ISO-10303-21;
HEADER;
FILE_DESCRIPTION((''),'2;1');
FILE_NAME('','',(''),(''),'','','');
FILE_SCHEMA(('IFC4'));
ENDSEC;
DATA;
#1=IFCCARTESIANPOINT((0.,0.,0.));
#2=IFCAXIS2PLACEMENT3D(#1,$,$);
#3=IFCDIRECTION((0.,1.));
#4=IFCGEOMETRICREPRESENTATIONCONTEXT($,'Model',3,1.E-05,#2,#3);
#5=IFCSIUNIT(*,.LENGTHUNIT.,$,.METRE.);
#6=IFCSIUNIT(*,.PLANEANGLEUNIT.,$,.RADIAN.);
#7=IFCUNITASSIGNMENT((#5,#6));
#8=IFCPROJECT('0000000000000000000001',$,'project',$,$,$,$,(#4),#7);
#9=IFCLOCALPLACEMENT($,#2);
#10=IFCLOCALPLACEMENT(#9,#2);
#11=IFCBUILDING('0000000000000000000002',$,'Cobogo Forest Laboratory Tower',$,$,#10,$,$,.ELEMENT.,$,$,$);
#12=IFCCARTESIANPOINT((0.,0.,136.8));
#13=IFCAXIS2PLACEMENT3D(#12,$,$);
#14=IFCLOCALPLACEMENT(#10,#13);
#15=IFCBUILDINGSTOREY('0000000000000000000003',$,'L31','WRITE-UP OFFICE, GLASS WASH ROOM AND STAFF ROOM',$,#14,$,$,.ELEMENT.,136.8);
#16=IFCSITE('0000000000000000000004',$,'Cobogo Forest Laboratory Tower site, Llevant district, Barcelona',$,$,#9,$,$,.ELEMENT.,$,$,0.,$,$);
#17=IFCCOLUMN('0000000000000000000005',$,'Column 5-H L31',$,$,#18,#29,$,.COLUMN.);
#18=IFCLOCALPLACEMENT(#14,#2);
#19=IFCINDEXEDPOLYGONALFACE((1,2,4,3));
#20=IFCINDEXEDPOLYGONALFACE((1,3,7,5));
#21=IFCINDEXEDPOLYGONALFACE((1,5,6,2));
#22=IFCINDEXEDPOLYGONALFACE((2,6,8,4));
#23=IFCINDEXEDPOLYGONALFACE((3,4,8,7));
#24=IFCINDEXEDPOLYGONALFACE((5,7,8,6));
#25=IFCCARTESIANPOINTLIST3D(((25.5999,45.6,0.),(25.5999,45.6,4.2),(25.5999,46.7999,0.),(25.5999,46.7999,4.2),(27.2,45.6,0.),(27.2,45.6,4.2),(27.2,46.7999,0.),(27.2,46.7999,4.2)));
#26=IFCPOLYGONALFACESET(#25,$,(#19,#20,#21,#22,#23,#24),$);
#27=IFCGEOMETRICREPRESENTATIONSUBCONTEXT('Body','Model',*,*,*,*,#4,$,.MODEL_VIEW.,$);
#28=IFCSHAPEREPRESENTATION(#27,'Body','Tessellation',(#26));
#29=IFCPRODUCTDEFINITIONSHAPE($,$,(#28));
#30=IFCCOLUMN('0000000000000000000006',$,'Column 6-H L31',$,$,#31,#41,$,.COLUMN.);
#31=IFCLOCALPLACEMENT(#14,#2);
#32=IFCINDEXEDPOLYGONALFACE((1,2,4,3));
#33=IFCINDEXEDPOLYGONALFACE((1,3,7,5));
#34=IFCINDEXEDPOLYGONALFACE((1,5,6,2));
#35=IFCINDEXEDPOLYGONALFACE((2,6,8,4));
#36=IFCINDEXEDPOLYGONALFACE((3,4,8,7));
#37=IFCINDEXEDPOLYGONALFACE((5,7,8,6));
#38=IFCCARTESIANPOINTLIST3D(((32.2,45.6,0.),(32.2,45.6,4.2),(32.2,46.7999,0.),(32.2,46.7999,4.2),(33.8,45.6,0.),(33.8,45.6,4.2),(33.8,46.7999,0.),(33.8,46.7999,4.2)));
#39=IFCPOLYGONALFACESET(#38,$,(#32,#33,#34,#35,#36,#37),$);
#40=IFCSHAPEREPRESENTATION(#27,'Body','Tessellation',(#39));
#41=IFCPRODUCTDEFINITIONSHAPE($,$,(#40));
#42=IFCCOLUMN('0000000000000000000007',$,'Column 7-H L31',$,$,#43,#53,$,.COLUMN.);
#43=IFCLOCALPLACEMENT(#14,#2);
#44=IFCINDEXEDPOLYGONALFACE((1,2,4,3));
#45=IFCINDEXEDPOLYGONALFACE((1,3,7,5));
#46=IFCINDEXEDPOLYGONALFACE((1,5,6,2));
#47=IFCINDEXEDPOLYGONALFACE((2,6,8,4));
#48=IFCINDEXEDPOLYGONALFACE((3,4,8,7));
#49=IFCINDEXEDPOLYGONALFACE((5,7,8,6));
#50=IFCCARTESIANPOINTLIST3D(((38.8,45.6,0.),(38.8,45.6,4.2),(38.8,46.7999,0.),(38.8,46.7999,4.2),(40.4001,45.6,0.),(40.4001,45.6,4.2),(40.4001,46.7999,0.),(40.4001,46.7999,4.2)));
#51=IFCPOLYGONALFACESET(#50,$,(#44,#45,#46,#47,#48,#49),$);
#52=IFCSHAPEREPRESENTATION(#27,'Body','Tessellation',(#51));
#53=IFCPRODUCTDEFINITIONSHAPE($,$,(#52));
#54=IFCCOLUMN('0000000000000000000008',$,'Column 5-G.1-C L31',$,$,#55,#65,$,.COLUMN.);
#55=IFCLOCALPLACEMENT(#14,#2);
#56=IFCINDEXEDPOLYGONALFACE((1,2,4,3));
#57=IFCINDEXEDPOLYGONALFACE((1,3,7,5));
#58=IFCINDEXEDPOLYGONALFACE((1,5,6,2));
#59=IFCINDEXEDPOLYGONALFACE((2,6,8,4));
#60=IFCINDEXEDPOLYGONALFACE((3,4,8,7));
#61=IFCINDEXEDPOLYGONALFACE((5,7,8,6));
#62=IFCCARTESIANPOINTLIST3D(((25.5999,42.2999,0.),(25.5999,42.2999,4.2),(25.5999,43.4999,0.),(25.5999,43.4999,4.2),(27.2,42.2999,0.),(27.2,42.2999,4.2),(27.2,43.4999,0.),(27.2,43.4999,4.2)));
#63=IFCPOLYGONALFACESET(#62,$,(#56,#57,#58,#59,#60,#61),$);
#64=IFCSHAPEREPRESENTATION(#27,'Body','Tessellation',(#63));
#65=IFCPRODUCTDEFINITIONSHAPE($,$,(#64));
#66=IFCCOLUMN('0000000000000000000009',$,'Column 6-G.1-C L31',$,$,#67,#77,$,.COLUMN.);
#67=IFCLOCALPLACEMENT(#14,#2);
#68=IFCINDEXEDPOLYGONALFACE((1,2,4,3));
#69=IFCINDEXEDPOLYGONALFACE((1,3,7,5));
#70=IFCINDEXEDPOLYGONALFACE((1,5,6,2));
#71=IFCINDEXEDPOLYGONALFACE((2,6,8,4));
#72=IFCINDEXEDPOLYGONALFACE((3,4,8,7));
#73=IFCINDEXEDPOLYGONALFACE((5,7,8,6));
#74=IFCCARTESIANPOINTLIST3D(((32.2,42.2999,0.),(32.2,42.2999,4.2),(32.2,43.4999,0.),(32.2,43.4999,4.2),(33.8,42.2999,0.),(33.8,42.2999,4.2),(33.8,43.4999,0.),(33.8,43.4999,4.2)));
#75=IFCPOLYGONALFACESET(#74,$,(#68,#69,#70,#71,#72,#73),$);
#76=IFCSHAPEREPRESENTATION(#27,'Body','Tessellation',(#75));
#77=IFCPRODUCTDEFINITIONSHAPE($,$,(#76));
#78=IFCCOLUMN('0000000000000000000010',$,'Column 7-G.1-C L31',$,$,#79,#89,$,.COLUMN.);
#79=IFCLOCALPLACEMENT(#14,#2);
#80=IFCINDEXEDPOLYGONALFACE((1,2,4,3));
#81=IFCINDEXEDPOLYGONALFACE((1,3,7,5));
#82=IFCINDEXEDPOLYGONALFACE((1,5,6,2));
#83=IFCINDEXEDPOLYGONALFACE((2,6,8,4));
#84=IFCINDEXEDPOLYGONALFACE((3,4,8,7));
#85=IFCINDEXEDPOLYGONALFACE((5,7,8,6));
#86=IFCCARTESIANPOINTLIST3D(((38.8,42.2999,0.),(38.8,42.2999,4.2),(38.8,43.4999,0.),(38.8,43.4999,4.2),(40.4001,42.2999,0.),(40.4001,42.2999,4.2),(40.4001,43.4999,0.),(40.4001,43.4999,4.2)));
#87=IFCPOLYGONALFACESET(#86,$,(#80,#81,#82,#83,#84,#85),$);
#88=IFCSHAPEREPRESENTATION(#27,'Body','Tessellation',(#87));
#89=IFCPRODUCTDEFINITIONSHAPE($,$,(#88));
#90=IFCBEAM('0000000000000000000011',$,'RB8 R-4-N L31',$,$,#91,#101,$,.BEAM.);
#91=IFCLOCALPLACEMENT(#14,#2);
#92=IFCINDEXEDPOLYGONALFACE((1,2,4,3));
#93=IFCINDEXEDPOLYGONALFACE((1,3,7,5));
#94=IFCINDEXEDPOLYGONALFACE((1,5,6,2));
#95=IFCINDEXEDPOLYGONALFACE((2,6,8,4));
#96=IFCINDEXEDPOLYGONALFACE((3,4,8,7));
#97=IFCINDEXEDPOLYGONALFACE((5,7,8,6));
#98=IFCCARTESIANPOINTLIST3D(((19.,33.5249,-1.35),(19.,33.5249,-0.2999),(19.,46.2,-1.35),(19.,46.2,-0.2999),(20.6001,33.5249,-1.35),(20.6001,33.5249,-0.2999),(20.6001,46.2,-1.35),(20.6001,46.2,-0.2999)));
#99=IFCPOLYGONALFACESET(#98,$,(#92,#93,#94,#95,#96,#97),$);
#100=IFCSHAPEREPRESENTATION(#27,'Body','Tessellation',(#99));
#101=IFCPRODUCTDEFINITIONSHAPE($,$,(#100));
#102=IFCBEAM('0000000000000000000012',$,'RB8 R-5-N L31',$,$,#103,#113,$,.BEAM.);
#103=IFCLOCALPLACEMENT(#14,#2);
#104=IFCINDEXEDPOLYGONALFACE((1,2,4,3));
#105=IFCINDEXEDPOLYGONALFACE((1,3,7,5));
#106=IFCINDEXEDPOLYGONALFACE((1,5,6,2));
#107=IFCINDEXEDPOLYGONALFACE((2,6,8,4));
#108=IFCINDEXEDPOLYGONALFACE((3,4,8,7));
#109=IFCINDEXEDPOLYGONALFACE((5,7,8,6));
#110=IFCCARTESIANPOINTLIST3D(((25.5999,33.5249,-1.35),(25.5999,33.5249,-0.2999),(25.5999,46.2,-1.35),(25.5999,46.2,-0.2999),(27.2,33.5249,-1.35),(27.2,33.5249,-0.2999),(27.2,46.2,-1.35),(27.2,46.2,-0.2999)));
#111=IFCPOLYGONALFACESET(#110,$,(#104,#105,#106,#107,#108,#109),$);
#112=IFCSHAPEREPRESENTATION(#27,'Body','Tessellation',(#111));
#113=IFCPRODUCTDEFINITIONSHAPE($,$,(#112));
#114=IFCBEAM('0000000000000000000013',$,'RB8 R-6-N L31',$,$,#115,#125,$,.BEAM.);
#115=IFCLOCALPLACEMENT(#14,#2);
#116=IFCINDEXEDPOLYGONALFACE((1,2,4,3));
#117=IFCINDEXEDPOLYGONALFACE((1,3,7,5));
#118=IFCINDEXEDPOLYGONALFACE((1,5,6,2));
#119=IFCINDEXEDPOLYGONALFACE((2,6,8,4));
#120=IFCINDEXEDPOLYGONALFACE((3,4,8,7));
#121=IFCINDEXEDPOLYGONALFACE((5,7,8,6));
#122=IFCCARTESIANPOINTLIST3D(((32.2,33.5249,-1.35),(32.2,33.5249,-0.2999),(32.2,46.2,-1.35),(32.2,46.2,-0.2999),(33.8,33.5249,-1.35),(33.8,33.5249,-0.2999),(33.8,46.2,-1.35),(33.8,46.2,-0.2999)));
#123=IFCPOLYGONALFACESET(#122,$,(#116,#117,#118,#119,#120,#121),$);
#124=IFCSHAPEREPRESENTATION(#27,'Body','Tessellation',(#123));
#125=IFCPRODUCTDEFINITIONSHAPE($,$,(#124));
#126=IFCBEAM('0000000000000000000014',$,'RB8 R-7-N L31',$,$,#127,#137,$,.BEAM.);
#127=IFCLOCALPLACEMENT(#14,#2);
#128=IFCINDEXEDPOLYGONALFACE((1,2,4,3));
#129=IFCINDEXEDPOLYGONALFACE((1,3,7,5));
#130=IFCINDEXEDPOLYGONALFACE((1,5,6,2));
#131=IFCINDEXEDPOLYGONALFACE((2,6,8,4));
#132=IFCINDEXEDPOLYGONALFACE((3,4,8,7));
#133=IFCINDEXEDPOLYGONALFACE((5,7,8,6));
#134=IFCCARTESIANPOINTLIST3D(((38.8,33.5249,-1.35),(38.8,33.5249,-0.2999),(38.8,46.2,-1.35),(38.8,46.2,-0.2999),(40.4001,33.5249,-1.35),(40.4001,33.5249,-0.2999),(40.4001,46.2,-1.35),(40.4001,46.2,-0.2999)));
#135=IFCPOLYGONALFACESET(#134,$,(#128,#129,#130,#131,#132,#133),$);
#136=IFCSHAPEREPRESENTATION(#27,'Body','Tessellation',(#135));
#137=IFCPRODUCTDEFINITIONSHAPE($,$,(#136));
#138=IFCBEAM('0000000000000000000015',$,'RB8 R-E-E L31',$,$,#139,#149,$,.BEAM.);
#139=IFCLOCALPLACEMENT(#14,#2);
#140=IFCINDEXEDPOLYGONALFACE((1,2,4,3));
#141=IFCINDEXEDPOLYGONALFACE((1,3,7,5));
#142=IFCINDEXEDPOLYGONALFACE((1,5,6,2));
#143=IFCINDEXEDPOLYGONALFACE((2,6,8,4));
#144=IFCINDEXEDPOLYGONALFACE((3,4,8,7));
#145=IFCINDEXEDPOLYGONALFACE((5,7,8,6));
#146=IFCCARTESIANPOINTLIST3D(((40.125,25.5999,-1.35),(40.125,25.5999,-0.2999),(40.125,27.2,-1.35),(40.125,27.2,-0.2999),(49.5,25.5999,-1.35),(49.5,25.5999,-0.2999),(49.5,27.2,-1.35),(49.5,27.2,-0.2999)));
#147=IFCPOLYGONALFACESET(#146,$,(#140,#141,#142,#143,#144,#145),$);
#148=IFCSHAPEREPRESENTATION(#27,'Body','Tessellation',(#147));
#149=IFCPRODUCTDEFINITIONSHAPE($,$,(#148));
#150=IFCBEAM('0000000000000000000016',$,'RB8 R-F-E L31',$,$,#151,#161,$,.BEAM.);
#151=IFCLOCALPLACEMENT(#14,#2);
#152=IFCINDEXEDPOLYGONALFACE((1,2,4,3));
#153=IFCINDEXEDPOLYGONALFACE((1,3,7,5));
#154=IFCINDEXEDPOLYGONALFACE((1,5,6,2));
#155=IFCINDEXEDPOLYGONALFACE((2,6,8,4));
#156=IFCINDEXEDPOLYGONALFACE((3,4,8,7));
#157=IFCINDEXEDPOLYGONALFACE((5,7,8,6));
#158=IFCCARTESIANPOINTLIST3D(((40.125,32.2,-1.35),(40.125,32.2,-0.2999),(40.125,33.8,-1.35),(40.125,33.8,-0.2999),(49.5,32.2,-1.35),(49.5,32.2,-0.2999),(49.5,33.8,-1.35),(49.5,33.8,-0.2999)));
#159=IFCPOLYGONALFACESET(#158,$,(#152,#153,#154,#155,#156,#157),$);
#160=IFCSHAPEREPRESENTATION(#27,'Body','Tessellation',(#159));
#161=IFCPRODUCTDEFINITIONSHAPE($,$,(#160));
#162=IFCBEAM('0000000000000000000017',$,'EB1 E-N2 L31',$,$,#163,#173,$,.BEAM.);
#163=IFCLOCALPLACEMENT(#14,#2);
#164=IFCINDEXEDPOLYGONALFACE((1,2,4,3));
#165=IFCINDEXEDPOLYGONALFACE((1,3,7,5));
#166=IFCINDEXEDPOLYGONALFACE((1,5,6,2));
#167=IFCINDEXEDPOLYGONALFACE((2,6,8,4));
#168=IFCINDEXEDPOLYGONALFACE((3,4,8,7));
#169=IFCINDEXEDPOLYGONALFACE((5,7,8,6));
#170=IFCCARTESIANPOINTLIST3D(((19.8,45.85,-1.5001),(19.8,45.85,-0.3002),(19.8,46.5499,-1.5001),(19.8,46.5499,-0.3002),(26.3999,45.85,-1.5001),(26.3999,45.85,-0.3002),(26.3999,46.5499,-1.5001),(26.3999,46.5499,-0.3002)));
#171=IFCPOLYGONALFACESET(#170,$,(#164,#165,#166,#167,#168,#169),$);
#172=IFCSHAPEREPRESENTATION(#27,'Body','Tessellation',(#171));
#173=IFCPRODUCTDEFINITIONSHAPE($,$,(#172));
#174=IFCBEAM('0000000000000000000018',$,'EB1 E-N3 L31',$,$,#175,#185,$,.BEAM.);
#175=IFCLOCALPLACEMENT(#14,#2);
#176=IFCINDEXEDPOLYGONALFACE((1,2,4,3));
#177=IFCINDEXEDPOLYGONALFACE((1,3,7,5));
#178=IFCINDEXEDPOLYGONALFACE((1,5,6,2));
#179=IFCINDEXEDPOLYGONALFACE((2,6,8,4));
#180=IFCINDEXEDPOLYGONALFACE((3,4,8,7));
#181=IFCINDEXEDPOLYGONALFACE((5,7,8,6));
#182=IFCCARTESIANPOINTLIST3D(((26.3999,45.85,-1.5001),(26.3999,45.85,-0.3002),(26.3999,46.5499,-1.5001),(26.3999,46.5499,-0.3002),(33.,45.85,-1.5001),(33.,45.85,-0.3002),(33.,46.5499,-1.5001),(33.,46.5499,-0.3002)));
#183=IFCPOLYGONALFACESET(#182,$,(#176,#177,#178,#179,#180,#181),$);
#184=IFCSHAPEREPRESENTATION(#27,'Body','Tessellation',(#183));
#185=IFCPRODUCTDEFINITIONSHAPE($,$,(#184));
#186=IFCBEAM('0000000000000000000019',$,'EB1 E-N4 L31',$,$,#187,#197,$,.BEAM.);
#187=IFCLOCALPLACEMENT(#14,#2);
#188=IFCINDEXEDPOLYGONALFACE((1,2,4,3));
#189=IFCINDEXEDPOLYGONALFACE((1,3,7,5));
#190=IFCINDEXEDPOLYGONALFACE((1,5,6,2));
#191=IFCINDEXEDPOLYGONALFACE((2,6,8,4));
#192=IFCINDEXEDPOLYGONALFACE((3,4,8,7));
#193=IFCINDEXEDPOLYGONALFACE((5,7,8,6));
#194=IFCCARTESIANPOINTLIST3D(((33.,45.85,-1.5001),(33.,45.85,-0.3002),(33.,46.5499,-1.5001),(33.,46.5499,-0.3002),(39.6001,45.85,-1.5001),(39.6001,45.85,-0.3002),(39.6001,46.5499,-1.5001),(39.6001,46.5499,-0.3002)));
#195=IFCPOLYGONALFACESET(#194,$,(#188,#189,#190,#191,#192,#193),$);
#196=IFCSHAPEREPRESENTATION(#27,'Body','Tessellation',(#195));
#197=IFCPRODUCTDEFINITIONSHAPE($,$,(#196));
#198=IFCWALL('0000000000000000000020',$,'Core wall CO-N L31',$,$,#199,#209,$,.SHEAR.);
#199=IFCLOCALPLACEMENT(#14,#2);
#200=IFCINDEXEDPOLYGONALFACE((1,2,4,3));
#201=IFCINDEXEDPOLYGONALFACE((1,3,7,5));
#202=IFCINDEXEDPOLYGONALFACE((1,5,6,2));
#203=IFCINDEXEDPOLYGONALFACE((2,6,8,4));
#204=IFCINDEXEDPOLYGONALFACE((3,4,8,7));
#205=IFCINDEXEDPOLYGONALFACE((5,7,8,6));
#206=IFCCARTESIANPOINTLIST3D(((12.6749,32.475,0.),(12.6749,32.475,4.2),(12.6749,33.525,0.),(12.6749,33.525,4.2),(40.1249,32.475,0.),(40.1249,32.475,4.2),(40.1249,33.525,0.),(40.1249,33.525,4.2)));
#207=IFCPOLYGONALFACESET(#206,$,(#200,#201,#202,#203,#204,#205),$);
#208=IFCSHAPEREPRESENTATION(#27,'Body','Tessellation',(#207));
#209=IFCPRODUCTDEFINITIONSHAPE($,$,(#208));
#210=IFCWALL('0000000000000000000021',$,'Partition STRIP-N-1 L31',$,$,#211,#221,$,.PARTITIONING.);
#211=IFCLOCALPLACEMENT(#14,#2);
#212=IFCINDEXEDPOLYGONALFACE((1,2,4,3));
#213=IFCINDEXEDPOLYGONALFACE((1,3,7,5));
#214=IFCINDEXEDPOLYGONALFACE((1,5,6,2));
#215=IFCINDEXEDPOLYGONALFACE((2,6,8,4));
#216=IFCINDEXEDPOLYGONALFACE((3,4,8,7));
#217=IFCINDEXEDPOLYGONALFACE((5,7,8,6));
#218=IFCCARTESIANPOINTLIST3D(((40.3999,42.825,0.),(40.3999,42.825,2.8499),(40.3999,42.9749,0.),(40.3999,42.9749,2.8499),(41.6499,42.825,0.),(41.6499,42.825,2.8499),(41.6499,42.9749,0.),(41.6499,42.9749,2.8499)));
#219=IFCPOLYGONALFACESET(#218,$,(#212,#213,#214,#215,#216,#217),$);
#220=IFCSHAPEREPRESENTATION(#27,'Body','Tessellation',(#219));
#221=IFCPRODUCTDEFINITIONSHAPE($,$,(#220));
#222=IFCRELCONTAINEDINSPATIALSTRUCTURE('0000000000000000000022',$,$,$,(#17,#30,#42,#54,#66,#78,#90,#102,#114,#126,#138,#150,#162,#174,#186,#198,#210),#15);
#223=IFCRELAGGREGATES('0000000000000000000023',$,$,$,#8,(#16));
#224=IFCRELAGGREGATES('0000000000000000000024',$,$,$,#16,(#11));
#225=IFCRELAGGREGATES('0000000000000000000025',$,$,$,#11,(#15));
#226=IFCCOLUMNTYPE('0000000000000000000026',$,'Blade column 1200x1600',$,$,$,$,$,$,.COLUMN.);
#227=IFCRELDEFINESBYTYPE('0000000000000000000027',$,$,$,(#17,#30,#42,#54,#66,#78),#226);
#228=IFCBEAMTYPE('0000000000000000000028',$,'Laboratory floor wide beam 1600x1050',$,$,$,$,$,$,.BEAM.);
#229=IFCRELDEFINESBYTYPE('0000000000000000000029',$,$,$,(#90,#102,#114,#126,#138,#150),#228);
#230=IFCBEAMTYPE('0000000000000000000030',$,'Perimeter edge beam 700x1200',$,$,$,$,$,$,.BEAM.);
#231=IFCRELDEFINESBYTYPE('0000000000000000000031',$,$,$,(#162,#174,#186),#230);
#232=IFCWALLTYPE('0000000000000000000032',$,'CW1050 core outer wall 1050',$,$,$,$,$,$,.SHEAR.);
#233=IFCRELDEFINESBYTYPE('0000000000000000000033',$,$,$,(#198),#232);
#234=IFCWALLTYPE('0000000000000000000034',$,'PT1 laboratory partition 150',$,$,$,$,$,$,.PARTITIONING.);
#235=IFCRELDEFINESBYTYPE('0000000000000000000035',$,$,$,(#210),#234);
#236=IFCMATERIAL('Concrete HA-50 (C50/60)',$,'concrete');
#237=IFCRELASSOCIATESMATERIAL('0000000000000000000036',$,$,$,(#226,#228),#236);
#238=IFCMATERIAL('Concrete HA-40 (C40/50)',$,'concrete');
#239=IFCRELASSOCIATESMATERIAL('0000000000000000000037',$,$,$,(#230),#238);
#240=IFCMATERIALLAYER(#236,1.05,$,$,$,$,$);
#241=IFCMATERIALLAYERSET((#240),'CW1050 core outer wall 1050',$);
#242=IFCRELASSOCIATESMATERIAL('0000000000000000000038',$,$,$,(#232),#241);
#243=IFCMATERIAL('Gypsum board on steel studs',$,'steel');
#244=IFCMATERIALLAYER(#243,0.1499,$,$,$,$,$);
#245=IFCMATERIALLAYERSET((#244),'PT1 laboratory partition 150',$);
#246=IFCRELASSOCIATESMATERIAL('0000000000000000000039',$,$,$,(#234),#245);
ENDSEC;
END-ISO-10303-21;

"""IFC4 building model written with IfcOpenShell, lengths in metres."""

from ifc_helpers import new_model, si_unit, direction, frame, frame_2d, origin, origin_2d, place, context, subcontext, project, spatial, rectangle, extrude, material, layer, layer_set, material_profile, profile_set, type_object, element, save


model = new_model("IFC4")

# Units and contexts
model_context = context("Model", 3, precision=1e-05, world=origin(), true_north=direction((0.0, 1.0)))
body_context = subcontext(model_context, "Body", "Model", "MODEL_VIEW")
ifc_project = project(units=[si_unit("LENGTHUNIT", "METRE"), si_unit("PLANEANGLEUNIT", "RADIAN")], contexts=[model_context])

# Site, building, storey
site_placement = place(None, origin())
site = spatial("IfcSite", under=ifc_project, at=site_placement, Name="Cobogo Forest Laboratory Tower site, Llevant district, Barcelona", CompositionType="ELEMENT", RefElevation=0.0)
building_placement = place(site_placement, origin())
building = spatial("IfcBuilding", under=site, at=building_placement, Name="Cobogo Forest Laboratory Tower", CompositionType="ELEMENT")
storey_placement = place(building_placement, frame((0.0, 0.0, 136.8)))
storey = spatial("IfcBuildingStorey", under=building, at=storey_placement, Name="L31", Description="WRITE-UP OFFICE, GLASS WASH ROOM AND STAFF ROOM", CompositionType="ELEMENT", Elevation=136.8)

# Columns
ifc_material_1 = material(Name="Concrete HA-50 (C50/60)", Category="concrete")
ifc_material_profile_1 = material_profile(ifc_material_1, rectangle(XDim=1.6001, YDim=1.2, at=origin_2d()), Name="RC 1200x1600")
ifc_profile_set_1 = profile_set([ifc_material_profile_1], Name="Concrete HA-50 (C50/60)")
column_type = type_object("IfcColumnType", Name="Blade column 1200x1600", PredefinedType="COLUMN", material=ifc_profile_set_1)
for number, where, z_axis, x_axis, name in (
    (1, (26.3999, 46.2, 0.0), (0.0, 0.0, 1.0), (1.0, 0.0, 0.0), "Column 5-H L31"),
    (2, (33.0, 46.2, 0.0), (0.0, 0.0, 1.0), (1.0, 0.0, 0.0), "Column 6-H L31"),
    (3, (39.6001, 46.2, 0.0), (0.0, 0.0, 1.0), (1.0, 0.0, 0.0), "Column 7-H L31"),
    (4, (26.3999, 42.8999, 0.0), (0.0, 0.0, 1.0), (1.0, 0.0, 0.0), "Column 5-G.1-C L31"),
    (5, (33.0, 42.8999, 0.0), (0.0, 0.0, 1.0), (1.0, 0.0, 0.0), "Column 6-G.1-C L31"),
    (6, (39.6001, 42.8999, 0.0), (0.0, 0.0, 1.0), (1.0, 0.0, 0.0), "Column 7-G.1-C L31"),
):
    element("IfcColumn", number, at=place(storey_placement, frame(where, z_axis=z_axis, x_axis=x_axis)), inside=storey, type_object=column_type, Name=name, PredefinedType="COLUMN", context=body_context, shape_type="SweptSolid", body=[
        extrude(rectangle(XDim=1.6001, YDim=1.2, at=origin_2d()), origin(), (0.0, 0.0, 1.0), 4.2),
    ])

# Beams
ifc_material_profile_2 = material_profile(ifc_material_1, rectangle(XDim=1.6001, YDim=1.05, at=origin_2d()), Name="RC 1600x1050")
ifc_profile_set_2 = profile_set([ifc_material_profile_2], Name="Concrete HA-50 (C50/60)")
beam_type_1 = type_object("IfcBeamType", Name="Laboratory floor wide beam 1600x1050", PredefinedType="BEAM", material=ifc_profile_set_2)
for number, where, z_axis, x_axis, name in (
    (7, (19.8, 33.5249, -0.825), (0.0, 1.0, 0.0), (-1.0, 0.0, 0.0), "RB8 R-4-N L31"),
    (8, (26.3999, 33.5249, -0.825), (0.0, 1.0, 0.0), (-1.0, 0.0, 0.0), "RB8 R-5-N L31"),
    (9, (33.0, 33.5249, -0.825), (0.0, 1.0, 0.0), (-1.0, 0.0, 0.0), "RB8 R-6-N L31"),
    (10, (39.6001, 33.5249, -0.825), (0.0, 1.0, 0.0), (-1.0, 0.0, 0.0), "RB8 R-7-N L31"),
):
    element("IfcBeam", number, at=place(storey_placement, frame(where, z_axis=z_axis, x_axis=x_axis)), inside=storey, type_object=beam_type_1, Name=name, PredefinedType="BEAM", context=body_context, shape_type="SweptSolid", body=[
        extrude(rectangle(XDim=1.6001, YDim=1.05, at=origin_2d()), origin(), (0.0, 0.0, 1.0), 12.675),
    ])
for number, where, z_axis, x_axis, name in (
    (11, (40.125, 26.3999, -0.825), (1.0, 0.0, 0.0), (0.0, 1.0, 0.0), "RB8 R-E-E L31"),
    (12, (40.125, 33.0, -0.825), (1.0, 0.0, 0.0), (0.0, 1.0, 0.0), "RB8 R-F-E L31"),
):
    element("IfcBeam", number, at=place(storey_placement, frame(where, z_axis=z_axis, x_axis=x_axis)), inside=storey, type_object=beam_type_1, Name=name, PredefinedType="BEAM", context=body_context, shape_type="SweptSolid", body=[
        extrude(rectangle(XDim=1.6001, YDim=1.05, at=origin_2d()), origin(), (0.0, 0.0, 1.0), 9.375),
    ])
ifc_material_2 = material(Name="Concrete HA-40 (C40/50)", Category="concrete")
ifc_material_profile_3 = material_profile(ifc_material_2, rectangle(XDim=0.7, YDim=1.2, at=origin_2d()), Name="RC 700x1200")
ifc_profile_set_3 = profile_set([ifc_material_profile_3], Name="Concrete HA-40 (C40/50)")
beam_type_2 = type_object("IfcBeamType", Name="Perimeter edge beam 700x1200", PredefinedType="BEAM", material=ifc_profile_set_3)
beam_placement = place(storey_placement, frame((19.8, 46.2, -0.9001), z_axis=(1.0, 0.0, 0.0), x_axis=(0.0, 1.0, 0.0)))
element("IfcBeam", 13, at=beam_placement, inside=storey, type_object=beam_type_2, Name="EB1 E-N2 L31", PredefinedType="BEAM", context=body_context, shape_type="SweptSolid", body=[
    extrude(rectangle(XDim=0.7, YDim=1.2, at=origin_2d()), origin(), (0.0, 0.0, 1.0), 6.5999),
])
for number, where, z_axis, x_axis, name in (
    (14, (26.3999, 46.2, -0.9001), (1.0, 0.0, 0.0), (0.0, 1.0, 0.0), "EB1 E-N3 L31"),
    (15, (33.0, 46.2, -0.9001), (1.0, 0.0, 0.0), (0.0, 1.0, 0.0), "EB1 E-N4 L31"),
):
    element("IfcBeam", number, at=place(storey_placement, frame(where, z_axis=z_axis, x_axis=x_axis)), inside=storey, type_object=beam_type_2, Name=name, PredefinedType="BEAM", context=body_context, shape_type="SweptSolid", body=[
        extrude(rectangle(XDim=0.7, YDim=1.2, at=origin_2d()), origin(), (0.0, 0.0, 1.0), 6.6001),
    ])

# Walls
ifc_layer_1 = layer(ifc_material_1, 1.05)
ifc_layer_set_1 = layer_set([ifc_layer_1], Name="CW1050 core outer wall 1050")
wall_type_1 = type_object("IfcWallType", Name="CW1050 core outer wall 1050", PredefinedType="SHEAR", material=ifc_layer_set_1)
wall_1_placement = place(storey_placement, frame((40.125, 33.0, 0.0), z_axis=(0.0, 0.0, 1.0), x_axis=(-1.0, 0.0, 0.0)))
element("IfcWall", 16, at=wall_1_placement, inside=storey, type_object=wall_type_1, Name="Core wall CO-N L31", PredefinedType="SHEAR", context=body_context, shape_type="SweptSolid", body=[
    extrude(rectangle(XDim=27.45, YDim=1.05, at=frame_2d((13.7251, 0.0))), origin(), (0.0, 0.0, 1.0), 4.2),
])
ifc_material_3 = material(Name="Gypsum board on steel studs", Category="steel")
ifc_layer_2 = layer(ifc_material_3, 0.1499)
ifc_layer_set_2 = layer_set([ifc_layer_2], Name="PT1 laboratory partition 150")
wall_type_2 = type_object("IfcWallType", Name="PT1 laboratory partition 150", PredefinedType="PARTITIONING", material=ifc_layer_set_2)
wall_2_placement = place(storey_placement, frame((41.6499, 42.8999, 0.0), z_axis=(0.0, 0.0, 1.0), x_axis=(-1.0, 0.0, 0.0)))
element("IfcWall", 17, at=wall_2_placement, inside=storey, type_object=wall_type_2, Name="Partition STRIP-N-1 L31", PredefinedType="PARTITIONING", context=body_context, shape_type="SweptSolid", body=[
    extrude(rectangle(XDim=1.25, YDim=0.1499, at=frame_2d((0.625, 0.0))), origin(), (0.0, 0.0, 1.0), 2.8499),
])

save(model, "model.ifc")
